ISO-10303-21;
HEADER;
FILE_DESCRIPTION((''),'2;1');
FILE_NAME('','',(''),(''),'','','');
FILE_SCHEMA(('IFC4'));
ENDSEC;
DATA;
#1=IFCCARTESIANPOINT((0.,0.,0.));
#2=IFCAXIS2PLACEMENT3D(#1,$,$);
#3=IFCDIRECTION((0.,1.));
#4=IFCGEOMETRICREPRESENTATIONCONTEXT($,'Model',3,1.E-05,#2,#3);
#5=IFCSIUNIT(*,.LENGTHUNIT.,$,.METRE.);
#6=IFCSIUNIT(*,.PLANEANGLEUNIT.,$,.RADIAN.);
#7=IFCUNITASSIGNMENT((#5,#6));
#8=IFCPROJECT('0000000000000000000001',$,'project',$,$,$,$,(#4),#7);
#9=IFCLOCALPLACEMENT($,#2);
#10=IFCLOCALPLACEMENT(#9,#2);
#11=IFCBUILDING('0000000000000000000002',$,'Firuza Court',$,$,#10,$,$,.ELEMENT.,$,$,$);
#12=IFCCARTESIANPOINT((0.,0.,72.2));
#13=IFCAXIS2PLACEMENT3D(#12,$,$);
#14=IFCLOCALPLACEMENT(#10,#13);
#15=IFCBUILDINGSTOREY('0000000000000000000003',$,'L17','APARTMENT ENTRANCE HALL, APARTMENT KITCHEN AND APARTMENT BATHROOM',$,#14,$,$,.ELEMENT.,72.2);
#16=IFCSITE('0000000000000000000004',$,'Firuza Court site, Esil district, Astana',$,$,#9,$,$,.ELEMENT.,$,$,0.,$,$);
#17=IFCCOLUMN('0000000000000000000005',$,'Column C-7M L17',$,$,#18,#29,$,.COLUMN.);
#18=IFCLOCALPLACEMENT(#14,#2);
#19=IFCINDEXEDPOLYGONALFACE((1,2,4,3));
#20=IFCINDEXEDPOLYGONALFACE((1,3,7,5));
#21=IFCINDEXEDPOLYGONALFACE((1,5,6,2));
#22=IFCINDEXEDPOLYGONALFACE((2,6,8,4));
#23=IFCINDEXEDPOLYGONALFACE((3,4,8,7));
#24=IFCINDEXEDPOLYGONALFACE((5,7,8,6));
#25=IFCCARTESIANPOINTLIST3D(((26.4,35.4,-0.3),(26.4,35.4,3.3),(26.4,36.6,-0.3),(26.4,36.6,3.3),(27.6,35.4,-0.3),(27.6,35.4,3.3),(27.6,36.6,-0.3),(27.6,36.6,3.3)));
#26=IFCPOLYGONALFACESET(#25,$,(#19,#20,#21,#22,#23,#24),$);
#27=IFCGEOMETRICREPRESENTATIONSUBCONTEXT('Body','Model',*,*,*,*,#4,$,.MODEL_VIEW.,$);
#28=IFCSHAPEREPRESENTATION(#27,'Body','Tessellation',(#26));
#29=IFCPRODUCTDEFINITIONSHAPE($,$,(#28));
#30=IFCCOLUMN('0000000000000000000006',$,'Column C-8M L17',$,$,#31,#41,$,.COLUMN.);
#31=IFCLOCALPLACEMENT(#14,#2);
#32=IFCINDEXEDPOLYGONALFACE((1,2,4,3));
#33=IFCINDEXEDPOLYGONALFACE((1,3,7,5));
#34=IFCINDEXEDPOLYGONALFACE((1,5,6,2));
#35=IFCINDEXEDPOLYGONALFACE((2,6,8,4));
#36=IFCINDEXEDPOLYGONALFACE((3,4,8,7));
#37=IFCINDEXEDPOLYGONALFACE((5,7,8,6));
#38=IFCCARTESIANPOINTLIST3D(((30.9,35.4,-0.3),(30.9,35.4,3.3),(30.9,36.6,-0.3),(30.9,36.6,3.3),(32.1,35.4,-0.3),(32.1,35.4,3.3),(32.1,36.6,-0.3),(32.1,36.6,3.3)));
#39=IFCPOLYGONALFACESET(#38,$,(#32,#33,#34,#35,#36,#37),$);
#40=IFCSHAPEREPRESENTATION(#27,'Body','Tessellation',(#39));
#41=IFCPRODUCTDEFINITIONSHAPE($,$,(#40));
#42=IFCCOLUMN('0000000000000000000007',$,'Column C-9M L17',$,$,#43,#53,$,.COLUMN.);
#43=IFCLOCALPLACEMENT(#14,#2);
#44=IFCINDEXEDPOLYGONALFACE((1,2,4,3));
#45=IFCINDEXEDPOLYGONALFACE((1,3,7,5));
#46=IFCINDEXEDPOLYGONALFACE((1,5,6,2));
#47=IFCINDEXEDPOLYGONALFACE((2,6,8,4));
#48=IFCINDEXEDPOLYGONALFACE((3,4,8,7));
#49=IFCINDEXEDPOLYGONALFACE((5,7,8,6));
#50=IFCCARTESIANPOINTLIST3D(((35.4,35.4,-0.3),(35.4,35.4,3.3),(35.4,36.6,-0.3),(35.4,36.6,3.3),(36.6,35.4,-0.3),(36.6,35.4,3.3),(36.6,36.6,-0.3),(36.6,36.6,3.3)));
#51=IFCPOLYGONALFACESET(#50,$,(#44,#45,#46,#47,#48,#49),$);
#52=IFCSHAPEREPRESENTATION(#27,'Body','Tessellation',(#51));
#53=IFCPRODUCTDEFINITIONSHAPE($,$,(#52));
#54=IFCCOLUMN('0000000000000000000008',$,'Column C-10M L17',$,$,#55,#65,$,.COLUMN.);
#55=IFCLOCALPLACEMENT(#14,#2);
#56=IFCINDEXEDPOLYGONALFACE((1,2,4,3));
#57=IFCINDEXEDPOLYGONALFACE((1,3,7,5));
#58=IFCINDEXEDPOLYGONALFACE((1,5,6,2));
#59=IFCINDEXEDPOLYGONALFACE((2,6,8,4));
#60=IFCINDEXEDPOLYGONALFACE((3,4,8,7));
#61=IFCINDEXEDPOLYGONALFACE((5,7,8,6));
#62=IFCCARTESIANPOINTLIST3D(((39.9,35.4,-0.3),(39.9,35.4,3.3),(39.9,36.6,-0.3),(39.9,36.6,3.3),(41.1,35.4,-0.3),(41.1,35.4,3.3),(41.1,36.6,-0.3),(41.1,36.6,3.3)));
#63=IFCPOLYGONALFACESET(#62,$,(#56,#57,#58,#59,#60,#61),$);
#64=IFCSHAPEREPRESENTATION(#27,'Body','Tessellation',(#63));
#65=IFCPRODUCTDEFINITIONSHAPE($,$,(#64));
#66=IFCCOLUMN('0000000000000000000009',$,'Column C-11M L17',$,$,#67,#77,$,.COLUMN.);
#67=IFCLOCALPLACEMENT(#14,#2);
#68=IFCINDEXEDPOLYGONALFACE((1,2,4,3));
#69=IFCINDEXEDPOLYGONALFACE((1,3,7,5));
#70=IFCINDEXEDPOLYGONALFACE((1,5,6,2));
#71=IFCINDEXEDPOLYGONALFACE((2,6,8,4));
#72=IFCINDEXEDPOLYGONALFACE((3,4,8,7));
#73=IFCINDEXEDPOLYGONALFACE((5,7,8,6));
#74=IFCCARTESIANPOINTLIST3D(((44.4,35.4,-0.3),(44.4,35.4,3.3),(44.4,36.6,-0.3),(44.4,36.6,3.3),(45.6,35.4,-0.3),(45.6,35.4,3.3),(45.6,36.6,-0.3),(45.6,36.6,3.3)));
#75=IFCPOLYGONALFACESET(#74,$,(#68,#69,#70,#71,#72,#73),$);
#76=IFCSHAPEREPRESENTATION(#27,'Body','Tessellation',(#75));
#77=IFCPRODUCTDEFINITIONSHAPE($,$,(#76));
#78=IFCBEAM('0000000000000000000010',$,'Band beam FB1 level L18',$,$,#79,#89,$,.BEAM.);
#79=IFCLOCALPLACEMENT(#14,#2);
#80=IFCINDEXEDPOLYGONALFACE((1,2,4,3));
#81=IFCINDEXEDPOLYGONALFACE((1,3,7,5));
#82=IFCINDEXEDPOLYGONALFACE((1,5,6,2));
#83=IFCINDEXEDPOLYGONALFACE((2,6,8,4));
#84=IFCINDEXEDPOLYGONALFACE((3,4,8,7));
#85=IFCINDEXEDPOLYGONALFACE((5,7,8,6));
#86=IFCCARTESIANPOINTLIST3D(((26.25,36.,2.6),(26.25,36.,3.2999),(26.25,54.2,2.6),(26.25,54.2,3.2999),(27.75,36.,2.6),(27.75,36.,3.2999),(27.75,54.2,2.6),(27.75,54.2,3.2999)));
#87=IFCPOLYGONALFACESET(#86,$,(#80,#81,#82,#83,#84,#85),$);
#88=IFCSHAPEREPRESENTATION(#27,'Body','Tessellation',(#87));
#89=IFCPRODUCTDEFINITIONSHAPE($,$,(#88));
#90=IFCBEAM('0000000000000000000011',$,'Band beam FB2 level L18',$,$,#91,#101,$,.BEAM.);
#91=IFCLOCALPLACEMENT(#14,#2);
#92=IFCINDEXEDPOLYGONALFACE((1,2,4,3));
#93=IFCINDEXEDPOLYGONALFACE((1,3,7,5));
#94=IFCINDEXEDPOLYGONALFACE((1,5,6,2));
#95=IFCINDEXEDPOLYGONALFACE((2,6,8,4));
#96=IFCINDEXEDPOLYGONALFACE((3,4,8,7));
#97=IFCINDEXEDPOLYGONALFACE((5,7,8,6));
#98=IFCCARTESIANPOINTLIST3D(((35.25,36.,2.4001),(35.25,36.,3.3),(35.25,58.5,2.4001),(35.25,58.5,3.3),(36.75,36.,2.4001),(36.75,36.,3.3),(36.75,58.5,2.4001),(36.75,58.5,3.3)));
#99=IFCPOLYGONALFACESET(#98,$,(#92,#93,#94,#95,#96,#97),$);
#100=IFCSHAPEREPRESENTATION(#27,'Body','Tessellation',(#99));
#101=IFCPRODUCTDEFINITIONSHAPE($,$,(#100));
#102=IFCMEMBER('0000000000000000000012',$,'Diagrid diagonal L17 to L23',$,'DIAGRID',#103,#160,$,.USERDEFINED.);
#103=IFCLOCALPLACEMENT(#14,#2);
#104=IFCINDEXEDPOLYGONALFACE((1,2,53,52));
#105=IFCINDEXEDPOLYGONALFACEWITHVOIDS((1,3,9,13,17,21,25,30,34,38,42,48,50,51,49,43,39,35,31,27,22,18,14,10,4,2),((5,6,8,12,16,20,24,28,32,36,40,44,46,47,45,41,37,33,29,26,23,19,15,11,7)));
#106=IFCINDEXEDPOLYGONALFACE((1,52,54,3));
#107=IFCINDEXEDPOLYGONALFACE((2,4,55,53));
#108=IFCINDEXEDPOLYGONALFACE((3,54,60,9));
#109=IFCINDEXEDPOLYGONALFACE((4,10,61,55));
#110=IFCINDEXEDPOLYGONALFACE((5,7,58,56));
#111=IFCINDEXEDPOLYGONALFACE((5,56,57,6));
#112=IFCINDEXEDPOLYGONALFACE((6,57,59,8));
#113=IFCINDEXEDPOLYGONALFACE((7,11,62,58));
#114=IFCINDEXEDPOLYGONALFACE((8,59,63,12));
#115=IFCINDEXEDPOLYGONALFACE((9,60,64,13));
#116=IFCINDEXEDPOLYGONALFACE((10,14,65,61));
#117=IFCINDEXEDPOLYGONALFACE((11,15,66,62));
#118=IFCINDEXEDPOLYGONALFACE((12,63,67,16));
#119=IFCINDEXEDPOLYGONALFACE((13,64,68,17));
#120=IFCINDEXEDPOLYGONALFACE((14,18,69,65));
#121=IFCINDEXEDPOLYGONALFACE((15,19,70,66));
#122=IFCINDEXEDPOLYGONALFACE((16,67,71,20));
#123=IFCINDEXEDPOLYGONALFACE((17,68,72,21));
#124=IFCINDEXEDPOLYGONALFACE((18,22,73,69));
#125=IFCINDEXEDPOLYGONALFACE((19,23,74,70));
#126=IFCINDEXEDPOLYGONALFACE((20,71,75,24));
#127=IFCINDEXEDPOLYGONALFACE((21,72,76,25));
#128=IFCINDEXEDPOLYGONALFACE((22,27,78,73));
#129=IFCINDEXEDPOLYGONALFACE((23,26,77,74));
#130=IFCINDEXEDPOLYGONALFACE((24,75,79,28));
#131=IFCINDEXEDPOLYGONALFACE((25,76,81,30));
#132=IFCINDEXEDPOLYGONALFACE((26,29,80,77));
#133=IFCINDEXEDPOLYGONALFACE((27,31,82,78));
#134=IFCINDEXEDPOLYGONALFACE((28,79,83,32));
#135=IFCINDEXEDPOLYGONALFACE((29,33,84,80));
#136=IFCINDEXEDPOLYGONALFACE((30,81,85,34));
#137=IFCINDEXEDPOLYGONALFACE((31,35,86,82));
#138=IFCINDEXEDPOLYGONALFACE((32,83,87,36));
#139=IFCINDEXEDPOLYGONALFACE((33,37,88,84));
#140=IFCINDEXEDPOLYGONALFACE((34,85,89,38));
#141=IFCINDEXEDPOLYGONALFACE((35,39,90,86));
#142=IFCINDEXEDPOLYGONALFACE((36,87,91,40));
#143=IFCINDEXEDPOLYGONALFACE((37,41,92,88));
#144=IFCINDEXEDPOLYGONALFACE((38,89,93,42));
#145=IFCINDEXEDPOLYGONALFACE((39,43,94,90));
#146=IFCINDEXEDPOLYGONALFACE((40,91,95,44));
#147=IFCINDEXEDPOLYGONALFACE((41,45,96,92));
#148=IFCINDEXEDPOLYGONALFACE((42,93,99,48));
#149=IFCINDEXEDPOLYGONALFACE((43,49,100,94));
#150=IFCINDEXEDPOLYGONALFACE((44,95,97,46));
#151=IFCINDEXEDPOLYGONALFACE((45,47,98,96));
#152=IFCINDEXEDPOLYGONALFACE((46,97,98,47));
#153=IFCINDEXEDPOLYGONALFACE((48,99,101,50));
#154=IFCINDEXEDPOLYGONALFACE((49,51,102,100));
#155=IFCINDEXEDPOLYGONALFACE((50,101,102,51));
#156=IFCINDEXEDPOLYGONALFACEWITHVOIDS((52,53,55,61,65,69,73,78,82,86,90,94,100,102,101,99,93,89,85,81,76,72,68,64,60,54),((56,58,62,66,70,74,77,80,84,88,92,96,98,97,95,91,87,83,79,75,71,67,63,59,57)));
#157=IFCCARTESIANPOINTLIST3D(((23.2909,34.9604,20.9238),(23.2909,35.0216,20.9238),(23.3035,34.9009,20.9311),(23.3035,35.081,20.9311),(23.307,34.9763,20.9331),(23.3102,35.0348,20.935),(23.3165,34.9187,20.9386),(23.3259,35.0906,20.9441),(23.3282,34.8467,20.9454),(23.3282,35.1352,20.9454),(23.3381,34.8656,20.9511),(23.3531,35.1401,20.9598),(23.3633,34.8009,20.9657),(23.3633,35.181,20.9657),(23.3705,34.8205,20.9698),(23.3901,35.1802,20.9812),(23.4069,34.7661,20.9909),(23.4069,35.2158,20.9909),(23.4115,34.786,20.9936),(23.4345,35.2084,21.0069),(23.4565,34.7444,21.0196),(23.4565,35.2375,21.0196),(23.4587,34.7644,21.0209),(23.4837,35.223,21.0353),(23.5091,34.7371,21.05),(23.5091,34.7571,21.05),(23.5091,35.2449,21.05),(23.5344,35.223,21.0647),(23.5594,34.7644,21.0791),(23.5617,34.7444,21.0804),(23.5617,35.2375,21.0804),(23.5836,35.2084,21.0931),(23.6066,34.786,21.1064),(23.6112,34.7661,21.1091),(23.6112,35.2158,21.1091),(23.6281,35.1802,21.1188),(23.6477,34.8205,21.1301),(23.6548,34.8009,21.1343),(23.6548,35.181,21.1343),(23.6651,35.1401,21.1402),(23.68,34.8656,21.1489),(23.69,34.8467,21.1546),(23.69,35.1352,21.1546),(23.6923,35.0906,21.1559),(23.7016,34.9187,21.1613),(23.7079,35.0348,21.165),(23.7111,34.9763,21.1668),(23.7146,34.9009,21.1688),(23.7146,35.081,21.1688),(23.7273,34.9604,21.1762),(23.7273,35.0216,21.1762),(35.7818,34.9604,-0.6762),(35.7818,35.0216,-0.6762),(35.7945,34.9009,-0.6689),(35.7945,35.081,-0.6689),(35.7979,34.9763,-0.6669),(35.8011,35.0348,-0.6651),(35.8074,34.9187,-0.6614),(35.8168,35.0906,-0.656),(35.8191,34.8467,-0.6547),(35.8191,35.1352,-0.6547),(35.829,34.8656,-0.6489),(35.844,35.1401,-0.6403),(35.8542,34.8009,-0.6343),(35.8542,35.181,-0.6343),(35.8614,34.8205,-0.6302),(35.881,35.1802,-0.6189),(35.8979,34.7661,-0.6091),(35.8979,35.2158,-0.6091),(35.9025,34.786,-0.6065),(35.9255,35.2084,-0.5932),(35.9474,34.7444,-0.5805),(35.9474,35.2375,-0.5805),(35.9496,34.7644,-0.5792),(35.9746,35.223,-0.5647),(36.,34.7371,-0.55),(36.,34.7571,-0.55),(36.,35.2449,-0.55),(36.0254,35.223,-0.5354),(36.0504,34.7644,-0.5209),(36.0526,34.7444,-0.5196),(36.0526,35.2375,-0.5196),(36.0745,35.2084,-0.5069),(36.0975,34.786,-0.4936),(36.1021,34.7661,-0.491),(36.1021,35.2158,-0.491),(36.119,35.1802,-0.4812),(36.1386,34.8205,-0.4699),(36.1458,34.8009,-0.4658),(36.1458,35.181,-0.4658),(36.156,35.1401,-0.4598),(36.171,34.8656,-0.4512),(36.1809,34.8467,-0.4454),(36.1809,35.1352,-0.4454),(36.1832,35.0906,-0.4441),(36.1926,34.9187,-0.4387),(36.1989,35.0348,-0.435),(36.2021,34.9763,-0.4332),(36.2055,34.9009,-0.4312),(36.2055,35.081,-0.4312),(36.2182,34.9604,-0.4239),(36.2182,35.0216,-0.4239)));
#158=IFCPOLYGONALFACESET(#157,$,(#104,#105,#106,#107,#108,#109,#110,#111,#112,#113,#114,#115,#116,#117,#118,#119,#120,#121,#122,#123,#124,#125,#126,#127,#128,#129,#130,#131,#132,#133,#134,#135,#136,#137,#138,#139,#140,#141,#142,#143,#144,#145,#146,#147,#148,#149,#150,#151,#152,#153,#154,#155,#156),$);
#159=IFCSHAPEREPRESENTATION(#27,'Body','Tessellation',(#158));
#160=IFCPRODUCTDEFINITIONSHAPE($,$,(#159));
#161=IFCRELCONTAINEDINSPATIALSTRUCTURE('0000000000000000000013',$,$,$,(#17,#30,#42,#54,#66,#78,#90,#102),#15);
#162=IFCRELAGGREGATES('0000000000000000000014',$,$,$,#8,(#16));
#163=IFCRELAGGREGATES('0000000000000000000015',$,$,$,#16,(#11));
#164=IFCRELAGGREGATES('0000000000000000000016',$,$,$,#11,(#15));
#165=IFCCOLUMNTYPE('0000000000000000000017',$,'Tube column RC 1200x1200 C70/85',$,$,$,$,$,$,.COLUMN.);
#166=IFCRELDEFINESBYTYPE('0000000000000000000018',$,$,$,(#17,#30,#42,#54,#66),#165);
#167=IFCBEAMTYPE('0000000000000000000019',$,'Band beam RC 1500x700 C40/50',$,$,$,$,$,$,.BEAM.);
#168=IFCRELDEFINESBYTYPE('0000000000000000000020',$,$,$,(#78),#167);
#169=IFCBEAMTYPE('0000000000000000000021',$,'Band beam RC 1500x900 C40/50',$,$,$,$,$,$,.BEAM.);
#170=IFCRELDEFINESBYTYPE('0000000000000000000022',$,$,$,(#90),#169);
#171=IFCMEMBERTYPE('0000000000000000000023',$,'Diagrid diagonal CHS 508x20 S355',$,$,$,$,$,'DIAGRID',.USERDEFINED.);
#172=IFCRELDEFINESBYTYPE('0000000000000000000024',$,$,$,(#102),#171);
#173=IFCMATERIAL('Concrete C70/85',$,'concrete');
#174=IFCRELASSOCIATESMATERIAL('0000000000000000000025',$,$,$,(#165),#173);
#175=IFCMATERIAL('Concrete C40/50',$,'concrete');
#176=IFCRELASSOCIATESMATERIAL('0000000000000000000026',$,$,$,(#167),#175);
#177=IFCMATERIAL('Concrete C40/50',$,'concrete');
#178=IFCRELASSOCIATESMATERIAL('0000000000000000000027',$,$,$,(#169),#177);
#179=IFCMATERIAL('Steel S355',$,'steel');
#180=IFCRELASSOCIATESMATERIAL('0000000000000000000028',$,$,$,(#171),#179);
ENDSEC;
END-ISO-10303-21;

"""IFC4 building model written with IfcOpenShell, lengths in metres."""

from ifc_helpers import new_model, si_unit, direction, frame, origin, origin_2d, place, context, subcontext, project, spatial, rectangle, hollow_circle, extrude, material, material_profile, profile_set, type_object, element, save


model = new_model("IFC4")

# Units and contexts
model_context = context("Model", 3, precision=1e-05, world=origin(), true_north=direction((0.0, 1.0)))
body_context = subcontext(model_context, "Body", "Model", "MODEL_VIEW")
ifc_project = project(units=[si_unit("LENGTHUNIT", "METRE"), si_unit("PLANEANGLEUNIT", "RADIAN")], contexts=[model_context])

# Site, building, storey
site_placement = place(None, origin())
site = spatial("IfcSite", under=ifc_project, at=site_placement, Name="Firuza Court site, Esil district, Astana", CompositionType="ELEMENT", RefElevation=0.0)
building_placement = place(site_placement, origin())
building = spatial("IfcBuilding", under=site, at=building_placement, Name="Firuza Court", CompositionType="ELEMENT")
storey_placement = place(building_placement, frame((0.0, 0.0, 72.2)))
storey = spatial("IfcBuildingStorey", under=building, at=storey_placement, Name="L17", Description="APARTMENT ENTRANCE HALL, APARTMENT KITCHEN AND APARTMENT BATHROOM", CompositionType="ELEMENT", Elevation=72.2)

# Columns
ifc_material_1 = material(Name="Concrete C70/85", Category="concrete")
ifc_material_profile_1 = material_profile(ifc_material_1, rectangle(XDim=1.2, YDim=1.2, at=origin_2d()), Name="RC 1200x1200")
ifc_profile_set_1 = profile_set([ifc_material_profile_1], Name="Concrete C70/85")
column_type = type_object("IfcColumnType", Name="Tube column RC 1200x1200 C70/85", PredefinedType="COLUMN", material=ifc_profile_set_1)
for number, where, z_axis, x_axis, name in (
    (1, (27.0, 36.0, -0.3), (0.0, 0.0, 1.0), (1.0, 0.0, 0.0), "Column C-7M L17"),
    (2, (31.5, 36.0, -0.3), (0.0, 0.0, 1.0), (1.0, 0.0, 0.0), "Column C-8M L17"),
    (3, (36.0, 36.0, -0.3), (0.0, 0.0, 1.0), (1.0, 0.0, 0.0), "Column C-9M L17"),
    (4, (40.5, 36.0, -0.3), (0.0, 0.0, 1.0), (1.0, 0.0, 0.0), "Column C-10M L17"),
    (5, (45.0, 36.0, -0.3), (0.0, 0.0, 1.0), (1.0, 0.0, 0.0), "Column C-11M L17"),
):
    element("IfcColumn", number, at=place(storey_placement, frame(where, z_axis=z_axis, x_axis=x_axis)), inside=storey, type_object=column_type, Name=name, PredefinedType="COLUMN", context=body_context, shape_type="SweptSolid", body=[
        extrude(rectangle(XDim=1.2, YDim=1.2, at=origin_2d()), origin(), (0.0, 0.0, 1.0), 3.6001),
    ])

# Beams
ifc_material_2 = material(Name="Concrete C40/50", Category="concrete")
ifc_material_profile_2 = material_profile(ifc_material_2, rectangle(XDim=1.5, YDim=0.7, at=origin_2d()), Name="RC 1500x700")
ifc_profile_set_2 = profile_set([ifc_material_profile_2], Name="Concrete C40/50")
beam_type_1 = type_object("IfcBeamType", Name="Band beam RC 1500x700 C40/50", PredefinedType="BEAM", material=ifc_profile_set_2)
beam_1_placement = place(storey_placement, frame((27.0, 36.0, 2.95), z_axis=(0.0, 1.0, 0.0), x_axis=(-1.0, 0.0, 0.0)))
element("IfcBeam", 6, at=beam_1_placement, inside=storey, type_object=beam_type_1, Name="Band beam FB1 level L18", PredefinedType="BEAM", context=body_context, shape_type="SweptSolid", body=[
    extrude(rectangle(XDim=1.5, YDim=0.7, at=origin_2d()), origin(), (0.0, 0.0, 1.0), 18.2),
])
ifc_material_3 = material(Name="Concrete C40/50", Category="concrete")
ifc_material_profile_3 = material_profile(ifc_material_3, rectangle(XDim=1.5, YDim=0.8999, at=origin_2d()), Name="RC 1500x900")
ifc_profile_set_3 = profile_set([ifc_material_profile_3], Name="Concrete C40/50")
beam_type_2 = type_object("IfcBeamType", Name="Band beam RC 1500x900 C40/50", PredefinedType="BEAM", material=ifc_profile_set_3)
beam_2_placement = place(storey_placement, frame((36.0, 36.0, 2.8501), z_axis=(0.0, 1.0, 0.0), x_axis=(-1.0, 0.0, 0.0)))
element("IfcBeam", 7, at=beam_2_placement, inside=storey, type_object=beam_type_2, Name="Band beam FB2 level L18", PredefinedType="BEAM", context=body_context, shape_type="SweptSolid", body=[
    extrude(rectangle(XDim=1.5, YDim=0.8999, at=origin_2d()), origin(), (0.0, 0.0, 1.0), 22.5),
])

# Member
ifc_material_4 = material(Name="Steel S355", Category="steel")
ifc_material_profile_4 = material_profile(ifc_material_4, hollow_circle(Radius=0.2539, WallThickness=0.02, at=origin_2d()), Name="CHS 508x20")
ifc_profile_set_4 = profile_set([ifc_material_profile_4], Name="Steel S355")
member_type = type_object("IfcMemberType", Name="Diagrid diagonal CHS 508x20 S355", ElementType="DIAGRID", PredefinedType="USERDEFINED", material=ifc_profile_set_4)
member_1_placement = place(storey_placement, frame((36.0, 34.991, -0.55), z_axis=(-0.500605, 0.0, 0.865676), x_axis=(0.0, -1.0, 0.0)))
element("IfcMember", 8, at=member_1_placement, inside=storey, type_object=member_type, Name="Diagrid diagonal L17 to L23", ObjectType="DIAGRID", PredefinedType="USERDEFINED", context=body_context, shape_type="SweptSolid", body=[
    extrude(hollow_circle(Radius=0.2539, WallThickness=0.02, at=origin_2d()), origin(), (0.0, 0.0, 1.0), 24.9517),
])

save(model, "model.ifc")
